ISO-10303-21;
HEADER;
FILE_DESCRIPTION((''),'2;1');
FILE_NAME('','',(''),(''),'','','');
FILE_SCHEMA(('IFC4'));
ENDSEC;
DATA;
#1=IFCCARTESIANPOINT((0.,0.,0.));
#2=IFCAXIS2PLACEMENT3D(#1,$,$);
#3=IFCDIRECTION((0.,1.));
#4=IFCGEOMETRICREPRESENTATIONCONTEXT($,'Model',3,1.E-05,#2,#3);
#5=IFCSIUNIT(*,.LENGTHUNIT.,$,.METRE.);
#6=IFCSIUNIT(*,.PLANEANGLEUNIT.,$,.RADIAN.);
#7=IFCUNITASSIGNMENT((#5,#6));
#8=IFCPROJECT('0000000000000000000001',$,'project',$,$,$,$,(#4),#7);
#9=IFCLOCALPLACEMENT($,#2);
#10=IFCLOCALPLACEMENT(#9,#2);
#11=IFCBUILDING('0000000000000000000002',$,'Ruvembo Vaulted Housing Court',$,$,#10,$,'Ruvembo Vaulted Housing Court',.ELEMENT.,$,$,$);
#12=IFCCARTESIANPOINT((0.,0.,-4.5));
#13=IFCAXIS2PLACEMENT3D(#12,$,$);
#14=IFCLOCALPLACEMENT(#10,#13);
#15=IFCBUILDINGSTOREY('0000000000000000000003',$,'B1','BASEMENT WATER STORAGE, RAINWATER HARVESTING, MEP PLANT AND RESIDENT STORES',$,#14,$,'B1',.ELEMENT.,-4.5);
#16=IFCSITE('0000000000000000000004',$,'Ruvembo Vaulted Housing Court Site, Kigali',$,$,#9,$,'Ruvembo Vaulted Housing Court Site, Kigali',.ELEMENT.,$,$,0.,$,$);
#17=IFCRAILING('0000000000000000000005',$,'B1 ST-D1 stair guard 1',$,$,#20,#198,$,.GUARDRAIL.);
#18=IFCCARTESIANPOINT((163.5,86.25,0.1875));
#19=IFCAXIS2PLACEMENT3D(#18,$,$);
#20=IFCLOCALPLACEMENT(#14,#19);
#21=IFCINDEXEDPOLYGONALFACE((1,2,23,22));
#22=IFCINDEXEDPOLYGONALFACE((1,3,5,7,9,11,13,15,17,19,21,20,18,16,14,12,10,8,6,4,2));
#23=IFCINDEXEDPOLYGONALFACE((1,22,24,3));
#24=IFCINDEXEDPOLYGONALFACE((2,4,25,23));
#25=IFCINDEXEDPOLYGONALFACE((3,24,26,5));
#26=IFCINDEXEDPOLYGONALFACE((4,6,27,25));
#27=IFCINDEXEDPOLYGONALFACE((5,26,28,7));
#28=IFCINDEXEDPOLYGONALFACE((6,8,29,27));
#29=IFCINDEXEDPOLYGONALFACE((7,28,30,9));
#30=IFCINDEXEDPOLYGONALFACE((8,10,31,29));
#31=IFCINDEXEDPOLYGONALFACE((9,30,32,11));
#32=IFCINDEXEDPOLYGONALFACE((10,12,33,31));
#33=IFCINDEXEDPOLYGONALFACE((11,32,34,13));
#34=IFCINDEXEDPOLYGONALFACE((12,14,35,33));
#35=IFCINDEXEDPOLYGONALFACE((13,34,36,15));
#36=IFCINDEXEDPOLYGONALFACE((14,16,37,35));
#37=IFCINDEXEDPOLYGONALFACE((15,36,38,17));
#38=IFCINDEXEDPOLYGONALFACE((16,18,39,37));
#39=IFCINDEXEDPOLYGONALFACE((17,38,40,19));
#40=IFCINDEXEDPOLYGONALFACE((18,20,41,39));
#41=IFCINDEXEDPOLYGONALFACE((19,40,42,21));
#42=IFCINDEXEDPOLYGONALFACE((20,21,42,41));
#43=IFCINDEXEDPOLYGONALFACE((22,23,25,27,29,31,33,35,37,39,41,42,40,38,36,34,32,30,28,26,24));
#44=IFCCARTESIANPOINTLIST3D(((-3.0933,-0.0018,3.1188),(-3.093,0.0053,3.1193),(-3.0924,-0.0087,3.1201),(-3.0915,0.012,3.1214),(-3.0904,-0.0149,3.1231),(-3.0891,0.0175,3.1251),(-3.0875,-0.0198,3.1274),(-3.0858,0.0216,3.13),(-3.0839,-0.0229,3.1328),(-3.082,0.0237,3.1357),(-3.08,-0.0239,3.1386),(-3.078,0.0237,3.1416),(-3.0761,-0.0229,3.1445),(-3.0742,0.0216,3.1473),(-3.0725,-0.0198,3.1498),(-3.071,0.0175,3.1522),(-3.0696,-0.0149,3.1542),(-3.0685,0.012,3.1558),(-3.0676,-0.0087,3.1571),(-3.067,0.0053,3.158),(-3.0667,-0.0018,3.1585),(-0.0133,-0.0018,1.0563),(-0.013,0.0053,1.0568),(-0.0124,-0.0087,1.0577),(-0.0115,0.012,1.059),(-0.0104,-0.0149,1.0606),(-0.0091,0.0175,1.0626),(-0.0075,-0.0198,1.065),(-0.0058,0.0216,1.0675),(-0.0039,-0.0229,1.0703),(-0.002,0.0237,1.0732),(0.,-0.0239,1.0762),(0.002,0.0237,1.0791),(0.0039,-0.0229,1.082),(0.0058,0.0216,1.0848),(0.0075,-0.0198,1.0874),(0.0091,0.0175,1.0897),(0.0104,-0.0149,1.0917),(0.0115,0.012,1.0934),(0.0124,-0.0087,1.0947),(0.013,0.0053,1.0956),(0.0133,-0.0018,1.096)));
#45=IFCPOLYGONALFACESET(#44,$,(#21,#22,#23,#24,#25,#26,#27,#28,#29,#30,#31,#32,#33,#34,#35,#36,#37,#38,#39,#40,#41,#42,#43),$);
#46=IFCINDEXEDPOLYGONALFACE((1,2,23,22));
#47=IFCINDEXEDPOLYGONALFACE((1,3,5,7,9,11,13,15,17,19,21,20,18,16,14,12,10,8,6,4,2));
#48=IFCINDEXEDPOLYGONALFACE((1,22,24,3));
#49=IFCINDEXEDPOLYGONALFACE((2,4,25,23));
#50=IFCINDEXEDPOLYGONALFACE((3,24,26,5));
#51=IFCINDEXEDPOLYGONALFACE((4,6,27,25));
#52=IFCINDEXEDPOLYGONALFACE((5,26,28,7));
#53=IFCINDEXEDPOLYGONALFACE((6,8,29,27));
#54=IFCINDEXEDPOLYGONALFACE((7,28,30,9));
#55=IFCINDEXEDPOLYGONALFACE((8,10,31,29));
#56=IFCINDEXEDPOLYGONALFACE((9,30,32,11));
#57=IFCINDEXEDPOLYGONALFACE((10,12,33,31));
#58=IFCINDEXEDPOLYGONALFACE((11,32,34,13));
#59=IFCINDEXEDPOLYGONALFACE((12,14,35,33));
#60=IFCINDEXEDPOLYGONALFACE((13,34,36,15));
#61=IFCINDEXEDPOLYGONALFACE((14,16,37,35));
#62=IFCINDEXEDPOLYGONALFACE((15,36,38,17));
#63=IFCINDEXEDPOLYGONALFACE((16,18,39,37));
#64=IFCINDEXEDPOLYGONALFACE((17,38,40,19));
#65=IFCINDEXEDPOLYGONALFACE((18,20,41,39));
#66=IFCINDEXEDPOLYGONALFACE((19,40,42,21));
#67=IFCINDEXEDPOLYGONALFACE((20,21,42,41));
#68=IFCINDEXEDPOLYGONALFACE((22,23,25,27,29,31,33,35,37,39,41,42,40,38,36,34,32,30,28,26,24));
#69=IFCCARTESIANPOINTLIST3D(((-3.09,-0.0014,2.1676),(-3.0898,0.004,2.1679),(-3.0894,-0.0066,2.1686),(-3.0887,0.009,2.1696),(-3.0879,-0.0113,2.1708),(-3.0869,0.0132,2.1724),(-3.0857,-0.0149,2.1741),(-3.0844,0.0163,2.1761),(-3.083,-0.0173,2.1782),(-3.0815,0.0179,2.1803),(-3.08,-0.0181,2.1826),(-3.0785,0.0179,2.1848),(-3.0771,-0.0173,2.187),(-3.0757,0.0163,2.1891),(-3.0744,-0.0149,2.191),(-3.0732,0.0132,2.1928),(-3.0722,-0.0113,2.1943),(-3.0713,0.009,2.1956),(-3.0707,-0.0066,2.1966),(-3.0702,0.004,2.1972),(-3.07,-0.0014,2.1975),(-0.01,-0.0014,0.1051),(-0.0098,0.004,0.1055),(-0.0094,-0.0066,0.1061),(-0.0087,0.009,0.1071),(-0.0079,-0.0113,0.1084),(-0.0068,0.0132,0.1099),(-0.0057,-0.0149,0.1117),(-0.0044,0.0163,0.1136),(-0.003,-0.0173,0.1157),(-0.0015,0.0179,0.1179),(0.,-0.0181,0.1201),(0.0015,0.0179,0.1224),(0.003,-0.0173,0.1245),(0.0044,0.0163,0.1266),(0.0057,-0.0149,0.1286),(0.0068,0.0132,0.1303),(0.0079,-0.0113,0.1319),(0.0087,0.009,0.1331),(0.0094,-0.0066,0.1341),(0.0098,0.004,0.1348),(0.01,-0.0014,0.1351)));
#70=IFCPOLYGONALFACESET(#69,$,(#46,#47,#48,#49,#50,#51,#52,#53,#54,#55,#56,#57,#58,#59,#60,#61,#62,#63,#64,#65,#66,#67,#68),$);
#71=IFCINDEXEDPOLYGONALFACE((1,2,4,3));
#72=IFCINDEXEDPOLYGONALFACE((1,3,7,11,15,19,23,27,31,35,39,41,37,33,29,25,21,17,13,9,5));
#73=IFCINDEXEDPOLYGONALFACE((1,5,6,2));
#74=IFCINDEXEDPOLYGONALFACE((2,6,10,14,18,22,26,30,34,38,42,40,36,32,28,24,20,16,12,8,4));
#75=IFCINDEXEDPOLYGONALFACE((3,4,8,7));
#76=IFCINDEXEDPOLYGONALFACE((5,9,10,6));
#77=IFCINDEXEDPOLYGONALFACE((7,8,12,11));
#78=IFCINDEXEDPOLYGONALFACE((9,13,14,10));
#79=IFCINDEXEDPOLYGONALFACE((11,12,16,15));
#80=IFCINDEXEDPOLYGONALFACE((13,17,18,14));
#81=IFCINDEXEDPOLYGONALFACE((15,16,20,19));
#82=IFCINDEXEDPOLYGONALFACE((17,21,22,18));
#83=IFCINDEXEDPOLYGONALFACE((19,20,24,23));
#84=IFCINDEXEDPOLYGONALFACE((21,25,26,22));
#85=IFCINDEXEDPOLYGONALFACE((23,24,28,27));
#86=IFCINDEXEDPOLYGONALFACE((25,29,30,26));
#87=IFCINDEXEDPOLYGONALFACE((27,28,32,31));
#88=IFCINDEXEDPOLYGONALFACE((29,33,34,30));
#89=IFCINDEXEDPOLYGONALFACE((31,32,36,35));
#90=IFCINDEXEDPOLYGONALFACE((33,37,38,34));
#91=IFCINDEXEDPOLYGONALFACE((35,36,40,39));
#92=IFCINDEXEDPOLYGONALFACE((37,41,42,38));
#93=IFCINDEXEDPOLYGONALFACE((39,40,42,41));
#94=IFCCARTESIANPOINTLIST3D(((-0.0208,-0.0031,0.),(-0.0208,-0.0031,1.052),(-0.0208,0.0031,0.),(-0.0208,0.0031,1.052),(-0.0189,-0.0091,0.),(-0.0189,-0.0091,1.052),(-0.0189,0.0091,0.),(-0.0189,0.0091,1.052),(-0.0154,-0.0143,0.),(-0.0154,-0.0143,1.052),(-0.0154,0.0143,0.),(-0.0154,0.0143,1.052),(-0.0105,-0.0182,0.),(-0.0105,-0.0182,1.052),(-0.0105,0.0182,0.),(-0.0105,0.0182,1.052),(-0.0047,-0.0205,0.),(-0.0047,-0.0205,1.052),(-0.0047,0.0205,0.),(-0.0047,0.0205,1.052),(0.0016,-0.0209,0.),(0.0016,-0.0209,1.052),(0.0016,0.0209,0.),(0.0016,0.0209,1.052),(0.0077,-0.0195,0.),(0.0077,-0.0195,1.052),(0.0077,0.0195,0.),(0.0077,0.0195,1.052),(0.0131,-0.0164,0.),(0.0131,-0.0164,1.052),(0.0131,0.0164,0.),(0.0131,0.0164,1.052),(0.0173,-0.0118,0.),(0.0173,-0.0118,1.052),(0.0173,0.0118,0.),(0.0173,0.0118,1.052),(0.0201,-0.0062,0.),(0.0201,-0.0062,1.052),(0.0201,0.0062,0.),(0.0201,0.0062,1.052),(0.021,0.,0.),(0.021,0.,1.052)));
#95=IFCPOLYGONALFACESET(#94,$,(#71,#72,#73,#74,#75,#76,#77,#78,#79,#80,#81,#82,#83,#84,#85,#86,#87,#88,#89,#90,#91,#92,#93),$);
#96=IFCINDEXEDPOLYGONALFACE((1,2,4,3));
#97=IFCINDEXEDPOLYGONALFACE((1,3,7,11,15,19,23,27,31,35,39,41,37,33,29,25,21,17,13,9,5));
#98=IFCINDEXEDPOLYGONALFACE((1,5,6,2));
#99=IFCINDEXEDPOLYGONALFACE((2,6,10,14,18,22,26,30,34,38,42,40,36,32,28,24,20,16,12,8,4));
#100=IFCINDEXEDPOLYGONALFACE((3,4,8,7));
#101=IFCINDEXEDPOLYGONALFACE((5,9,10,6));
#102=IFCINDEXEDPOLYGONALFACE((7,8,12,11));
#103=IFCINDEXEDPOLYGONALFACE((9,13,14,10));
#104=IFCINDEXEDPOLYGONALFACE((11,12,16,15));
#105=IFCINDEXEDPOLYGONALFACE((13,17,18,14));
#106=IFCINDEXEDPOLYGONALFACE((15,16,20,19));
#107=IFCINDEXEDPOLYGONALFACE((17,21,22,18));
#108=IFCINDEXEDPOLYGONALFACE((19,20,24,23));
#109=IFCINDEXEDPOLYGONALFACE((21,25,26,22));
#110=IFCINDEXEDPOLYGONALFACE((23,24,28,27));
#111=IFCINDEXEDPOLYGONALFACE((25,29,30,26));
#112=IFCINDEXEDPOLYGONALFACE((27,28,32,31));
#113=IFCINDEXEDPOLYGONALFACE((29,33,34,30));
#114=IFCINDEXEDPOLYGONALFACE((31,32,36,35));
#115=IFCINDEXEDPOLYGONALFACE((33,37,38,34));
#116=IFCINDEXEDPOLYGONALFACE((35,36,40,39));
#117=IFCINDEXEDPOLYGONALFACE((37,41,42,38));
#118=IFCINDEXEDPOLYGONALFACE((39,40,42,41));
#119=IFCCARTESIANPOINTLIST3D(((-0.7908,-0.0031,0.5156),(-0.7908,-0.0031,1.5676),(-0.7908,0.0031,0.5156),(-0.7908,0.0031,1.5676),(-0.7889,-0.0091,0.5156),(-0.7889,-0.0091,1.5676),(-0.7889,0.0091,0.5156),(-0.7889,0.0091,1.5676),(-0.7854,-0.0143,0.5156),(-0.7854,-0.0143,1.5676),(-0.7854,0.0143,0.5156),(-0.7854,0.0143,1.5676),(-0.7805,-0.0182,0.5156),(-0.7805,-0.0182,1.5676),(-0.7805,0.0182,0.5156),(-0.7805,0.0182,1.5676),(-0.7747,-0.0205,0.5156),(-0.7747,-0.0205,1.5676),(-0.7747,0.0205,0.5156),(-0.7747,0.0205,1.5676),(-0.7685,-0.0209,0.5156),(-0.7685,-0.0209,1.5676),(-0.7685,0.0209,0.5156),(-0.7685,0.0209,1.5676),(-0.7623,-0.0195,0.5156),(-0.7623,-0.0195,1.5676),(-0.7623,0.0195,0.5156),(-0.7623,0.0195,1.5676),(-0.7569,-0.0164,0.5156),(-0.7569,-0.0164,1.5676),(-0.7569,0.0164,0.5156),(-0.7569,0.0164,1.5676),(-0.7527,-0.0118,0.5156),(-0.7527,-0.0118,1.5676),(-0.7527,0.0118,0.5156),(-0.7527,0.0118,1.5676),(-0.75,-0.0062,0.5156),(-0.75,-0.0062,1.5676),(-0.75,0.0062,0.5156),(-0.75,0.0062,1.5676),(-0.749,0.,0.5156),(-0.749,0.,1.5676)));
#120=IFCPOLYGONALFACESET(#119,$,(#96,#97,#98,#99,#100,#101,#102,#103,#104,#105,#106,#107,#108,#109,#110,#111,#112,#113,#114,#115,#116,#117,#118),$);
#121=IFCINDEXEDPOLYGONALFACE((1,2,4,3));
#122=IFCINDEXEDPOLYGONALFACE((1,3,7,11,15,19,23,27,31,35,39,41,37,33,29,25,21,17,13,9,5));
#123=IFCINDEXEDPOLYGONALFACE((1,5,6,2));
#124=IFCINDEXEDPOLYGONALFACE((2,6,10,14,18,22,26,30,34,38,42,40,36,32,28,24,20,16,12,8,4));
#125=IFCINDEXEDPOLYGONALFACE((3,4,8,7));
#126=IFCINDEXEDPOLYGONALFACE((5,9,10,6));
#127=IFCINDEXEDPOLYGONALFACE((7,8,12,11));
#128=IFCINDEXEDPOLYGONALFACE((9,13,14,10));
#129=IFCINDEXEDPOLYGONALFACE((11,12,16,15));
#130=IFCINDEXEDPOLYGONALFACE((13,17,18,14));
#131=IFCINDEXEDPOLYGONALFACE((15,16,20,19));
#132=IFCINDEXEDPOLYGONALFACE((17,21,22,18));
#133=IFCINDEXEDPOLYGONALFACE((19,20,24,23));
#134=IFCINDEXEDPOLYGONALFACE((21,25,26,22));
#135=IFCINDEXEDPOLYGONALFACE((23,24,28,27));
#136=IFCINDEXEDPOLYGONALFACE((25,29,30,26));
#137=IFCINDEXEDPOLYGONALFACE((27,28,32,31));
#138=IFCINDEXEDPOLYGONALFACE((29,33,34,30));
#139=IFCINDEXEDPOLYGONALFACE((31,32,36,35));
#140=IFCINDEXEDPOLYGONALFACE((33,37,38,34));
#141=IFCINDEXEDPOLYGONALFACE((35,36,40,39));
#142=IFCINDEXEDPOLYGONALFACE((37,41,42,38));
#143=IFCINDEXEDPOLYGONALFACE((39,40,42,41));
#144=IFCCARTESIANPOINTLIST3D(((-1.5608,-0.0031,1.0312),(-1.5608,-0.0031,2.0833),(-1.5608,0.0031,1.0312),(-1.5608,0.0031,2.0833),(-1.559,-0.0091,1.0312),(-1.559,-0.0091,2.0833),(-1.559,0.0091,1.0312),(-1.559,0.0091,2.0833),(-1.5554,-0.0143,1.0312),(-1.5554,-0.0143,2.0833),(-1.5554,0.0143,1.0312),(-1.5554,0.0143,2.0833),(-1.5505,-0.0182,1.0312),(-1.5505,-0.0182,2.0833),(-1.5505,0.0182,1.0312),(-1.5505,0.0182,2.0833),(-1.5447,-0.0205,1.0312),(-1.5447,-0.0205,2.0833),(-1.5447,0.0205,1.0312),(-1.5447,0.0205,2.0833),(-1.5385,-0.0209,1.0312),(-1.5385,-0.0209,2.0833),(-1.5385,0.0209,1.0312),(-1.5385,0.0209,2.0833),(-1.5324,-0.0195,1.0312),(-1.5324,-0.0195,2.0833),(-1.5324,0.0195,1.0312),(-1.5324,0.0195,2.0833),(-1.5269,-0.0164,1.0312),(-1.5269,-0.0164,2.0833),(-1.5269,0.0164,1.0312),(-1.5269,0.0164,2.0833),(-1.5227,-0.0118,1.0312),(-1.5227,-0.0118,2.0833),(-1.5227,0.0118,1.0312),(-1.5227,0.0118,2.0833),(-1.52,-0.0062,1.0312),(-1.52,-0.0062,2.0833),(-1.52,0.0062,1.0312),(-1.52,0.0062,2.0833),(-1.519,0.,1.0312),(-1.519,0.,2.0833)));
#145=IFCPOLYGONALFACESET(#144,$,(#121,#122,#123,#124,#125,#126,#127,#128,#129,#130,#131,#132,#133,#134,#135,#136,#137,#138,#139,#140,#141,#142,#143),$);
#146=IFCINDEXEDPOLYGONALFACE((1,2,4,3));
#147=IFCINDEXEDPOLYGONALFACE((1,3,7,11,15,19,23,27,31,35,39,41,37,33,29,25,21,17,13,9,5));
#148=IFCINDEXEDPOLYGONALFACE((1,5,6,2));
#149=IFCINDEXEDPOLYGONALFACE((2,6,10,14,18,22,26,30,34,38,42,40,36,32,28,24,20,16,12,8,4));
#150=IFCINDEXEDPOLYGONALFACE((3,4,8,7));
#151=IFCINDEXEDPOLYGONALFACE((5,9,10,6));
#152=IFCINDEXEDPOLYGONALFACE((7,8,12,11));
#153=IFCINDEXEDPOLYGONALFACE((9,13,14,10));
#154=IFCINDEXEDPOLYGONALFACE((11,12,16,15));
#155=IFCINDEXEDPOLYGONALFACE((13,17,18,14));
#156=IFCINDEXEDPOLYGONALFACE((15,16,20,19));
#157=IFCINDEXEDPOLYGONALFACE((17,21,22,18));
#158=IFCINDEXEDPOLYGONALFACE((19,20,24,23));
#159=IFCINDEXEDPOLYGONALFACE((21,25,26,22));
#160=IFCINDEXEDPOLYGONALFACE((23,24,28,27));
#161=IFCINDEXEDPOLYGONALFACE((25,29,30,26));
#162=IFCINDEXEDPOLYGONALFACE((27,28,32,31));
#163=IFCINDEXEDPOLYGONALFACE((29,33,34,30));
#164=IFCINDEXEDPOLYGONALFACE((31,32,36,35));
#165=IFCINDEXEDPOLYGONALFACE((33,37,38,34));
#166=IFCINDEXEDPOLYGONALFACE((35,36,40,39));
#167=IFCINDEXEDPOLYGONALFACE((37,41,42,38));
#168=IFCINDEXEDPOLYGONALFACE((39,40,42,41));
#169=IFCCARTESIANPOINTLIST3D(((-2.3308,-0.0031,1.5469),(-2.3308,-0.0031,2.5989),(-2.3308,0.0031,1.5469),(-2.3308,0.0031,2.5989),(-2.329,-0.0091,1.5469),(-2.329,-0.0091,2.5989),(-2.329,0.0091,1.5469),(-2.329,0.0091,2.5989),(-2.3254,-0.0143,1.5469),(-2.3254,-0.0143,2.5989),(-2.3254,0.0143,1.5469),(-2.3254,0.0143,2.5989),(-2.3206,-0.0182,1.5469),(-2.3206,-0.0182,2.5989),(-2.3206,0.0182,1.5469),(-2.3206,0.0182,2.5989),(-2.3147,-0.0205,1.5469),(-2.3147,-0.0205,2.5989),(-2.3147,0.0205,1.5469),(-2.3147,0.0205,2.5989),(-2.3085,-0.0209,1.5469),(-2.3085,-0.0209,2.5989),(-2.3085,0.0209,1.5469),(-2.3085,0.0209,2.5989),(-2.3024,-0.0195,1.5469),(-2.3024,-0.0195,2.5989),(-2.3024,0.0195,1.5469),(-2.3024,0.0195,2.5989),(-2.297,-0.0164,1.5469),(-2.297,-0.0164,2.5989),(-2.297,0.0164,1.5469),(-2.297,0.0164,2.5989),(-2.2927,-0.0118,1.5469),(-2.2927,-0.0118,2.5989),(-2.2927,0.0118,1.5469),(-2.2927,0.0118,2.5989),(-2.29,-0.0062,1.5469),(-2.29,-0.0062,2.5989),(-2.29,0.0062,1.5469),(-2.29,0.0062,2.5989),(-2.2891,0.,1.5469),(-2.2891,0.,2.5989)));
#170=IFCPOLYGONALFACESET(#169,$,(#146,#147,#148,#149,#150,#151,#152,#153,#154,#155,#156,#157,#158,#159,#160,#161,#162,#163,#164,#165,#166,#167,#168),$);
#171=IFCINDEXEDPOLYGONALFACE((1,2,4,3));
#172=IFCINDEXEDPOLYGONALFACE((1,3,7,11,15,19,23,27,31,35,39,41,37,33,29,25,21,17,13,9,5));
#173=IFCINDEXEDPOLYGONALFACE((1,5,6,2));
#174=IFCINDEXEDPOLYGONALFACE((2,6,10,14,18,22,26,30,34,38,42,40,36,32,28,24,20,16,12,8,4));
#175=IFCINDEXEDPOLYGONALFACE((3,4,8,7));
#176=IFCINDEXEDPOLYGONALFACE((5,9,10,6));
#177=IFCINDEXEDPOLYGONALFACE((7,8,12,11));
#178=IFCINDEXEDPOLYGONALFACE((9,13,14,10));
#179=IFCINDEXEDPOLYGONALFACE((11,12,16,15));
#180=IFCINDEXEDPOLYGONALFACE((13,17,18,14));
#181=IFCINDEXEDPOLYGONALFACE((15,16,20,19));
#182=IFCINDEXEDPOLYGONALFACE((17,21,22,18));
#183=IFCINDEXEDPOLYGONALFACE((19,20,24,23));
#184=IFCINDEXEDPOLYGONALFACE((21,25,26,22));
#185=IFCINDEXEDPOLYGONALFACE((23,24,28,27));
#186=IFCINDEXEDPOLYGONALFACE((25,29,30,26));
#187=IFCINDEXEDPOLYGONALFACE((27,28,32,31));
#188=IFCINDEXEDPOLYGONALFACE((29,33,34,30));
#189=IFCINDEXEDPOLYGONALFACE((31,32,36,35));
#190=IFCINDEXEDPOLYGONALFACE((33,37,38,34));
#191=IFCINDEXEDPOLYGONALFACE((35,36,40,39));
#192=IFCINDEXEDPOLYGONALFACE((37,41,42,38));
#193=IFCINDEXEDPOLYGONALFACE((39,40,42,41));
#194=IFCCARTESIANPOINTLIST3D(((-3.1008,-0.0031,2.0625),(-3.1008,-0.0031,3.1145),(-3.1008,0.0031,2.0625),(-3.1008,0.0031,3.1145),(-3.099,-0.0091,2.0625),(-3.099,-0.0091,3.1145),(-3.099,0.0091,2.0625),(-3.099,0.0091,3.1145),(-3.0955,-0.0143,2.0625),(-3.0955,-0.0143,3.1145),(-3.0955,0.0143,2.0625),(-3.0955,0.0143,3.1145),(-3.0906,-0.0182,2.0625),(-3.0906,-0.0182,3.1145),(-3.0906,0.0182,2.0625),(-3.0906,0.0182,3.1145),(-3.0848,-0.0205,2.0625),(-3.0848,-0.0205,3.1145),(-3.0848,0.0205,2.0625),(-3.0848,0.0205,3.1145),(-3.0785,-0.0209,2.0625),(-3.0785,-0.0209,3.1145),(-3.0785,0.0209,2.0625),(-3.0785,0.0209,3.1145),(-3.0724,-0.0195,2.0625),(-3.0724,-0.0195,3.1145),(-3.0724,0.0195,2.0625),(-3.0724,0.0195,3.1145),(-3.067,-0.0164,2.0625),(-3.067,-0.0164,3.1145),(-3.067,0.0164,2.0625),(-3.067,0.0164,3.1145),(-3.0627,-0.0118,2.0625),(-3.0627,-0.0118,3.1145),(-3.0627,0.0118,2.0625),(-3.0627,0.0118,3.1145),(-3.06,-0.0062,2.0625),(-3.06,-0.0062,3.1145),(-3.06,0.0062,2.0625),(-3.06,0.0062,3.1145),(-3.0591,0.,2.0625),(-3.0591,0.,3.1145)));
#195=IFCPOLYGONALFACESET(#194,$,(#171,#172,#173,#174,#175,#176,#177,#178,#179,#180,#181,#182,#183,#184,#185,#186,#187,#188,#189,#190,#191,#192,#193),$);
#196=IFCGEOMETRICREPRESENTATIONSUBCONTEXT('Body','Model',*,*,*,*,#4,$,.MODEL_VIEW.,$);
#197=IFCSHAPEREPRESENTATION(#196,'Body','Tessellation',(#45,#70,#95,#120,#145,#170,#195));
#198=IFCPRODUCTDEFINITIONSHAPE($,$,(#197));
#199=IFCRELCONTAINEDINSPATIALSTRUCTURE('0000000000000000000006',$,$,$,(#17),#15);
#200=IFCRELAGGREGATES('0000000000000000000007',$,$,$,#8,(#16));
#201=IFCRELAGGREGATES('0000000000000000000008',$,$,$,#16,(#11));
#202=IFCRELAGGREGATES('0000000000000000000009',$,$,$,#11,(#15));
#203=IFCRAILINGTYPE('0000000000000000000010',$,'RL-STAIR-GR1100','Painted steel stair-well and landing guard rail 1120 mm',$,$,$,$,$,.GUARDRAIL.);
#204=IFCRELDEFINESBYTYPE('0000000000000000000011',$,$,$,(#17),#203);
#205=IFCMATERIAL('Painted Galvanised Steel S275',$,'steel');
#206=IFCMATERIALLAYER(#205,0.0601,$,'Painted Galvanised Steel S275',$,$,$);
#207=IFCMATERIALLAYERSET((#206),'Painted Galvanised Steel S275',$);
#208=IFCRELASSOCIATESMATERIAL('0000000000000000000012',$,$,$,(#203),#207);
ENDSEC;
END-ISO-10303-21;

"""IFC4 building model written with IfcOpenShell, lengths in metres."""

from ifc_helpers import new_model, si_unit, direction, frame, origin, origin_2d, place, context, subcontext, project, spatial, circle, extrude, material, layer, layer_set, type_object, element, save


model = new_model("IFC4")

# Units and contexts
model_context = context("Model", 3, precision=1e-05, world=origin(), true_north=direction((0.0, 1.0)))
body_context = subcontext(model_context, "Body", "Model", "MODEL_VIEW")
ifc_project = project(units=[si_unit("LENGTHUNIT", "METRE"), si_unit("PLANEANGLEUNIT", "RADIAN")], contexts=[model_context])

# Site, building, storey
site_placement = place(None, origin())
site = spatial("IfcSite", under=ifc_project, at=site_placement, Name="Ruvembo Vaulted Housing Court Site, Kigali", LongName="Ruvembo Vaulted Housing Court Site, Kigali", CompositionType="ELEMENT", RefElevation=0.0)
building_placement = place(site_placement, origin())
building = spatial("IfcBuilding", under=site, at=building_placement, Name="Ruvembo Vaulted Housing Court", LongName="Ruvembo Vaulted Housing Court", CompositionType="ELEMENT")
storey_placement = place(building_placement, frame((0.0, 0.0, -4.5)))
storey = spatial("IfcBuildingStorey", under=building, at=storey_placement, Name="B1", Description="BASEMENT WATER STORAGE, RAINWATER HARVESTING, MEP PLANT AND RESIDENT STORES", LongName="B1", CompositionType="ELEMENT", Elevation=-4.5)

# Railing
ifc_material_1 = material(Name="Painted Galvanised Steel S275", Category="steel")
ifc_layer_1 = layer(ifc_material_1, 0.0601, Name="Painted Galvanised Steel S275")
ifc_layer_set_1 = layer_set([ifc_layer_1], Name="Painted Galvanised Steel S275")
railing_type_1 = type_object("IfcRailingType", Name="RL-STAIR-GR1100", Description="Painted steel stair-well and landing guard rail 1120 mm", PredefinedType="GUARDRAIL", material=ifc_layer_set_1)
railing_1_placement = place(storey_placement, frame((163.5, 86.25, 0.1875)))
element("IfcRailing", 1, at=railing_1_placement, inside=storey, type_object=railing_type_1, Name="B1 ST-D1 stair guard 1", PredefinedType="GUARDRAIL", context=body_context, shape_type="SweptSolid", body=[
    extrude(circle(Radius=0.0239, at=origin_2d()), frame((0.0, 0.0, 1.0762), z_axis=(-0.830914, 0.0, 0.556401), x_axis=(0.0, -1.0, 0.0)), (0.0, 0.0, 1.0), 3.7068),
    extrude(circle(Radius=0.0181, at=origin_2d()), frame((0.0, 0.0, 0.1201), z_axis=(-0.830914, 0.0, 0.556401), x_axis=(0.0, -1.0, 0.0)), (0.0, 0.0, 1.0), 3.7068),
    extrude(circle(Radius=0.021, at=origin_2d()), origin(), (0.0, 0.0, 1.0), 1.052),
    extrude(circle(Radius=0.021, at=origin_2d()), frame((-0.77, 0.0, 0.5156)), (0.0, 0.0, 1.0), 1.052),
    extrude(circle(Radius=0.021, at=origin_2d()), frame((-1.54, 0.0, 1.0312)), (0.0, 0.0, 1.0), 1.052),
    extrude(circle(Radius=0.021, at=origin_2d()), frame((-2.3101, 0.0, 1.5469)), (0.0, 0.0, 1.0), 1.052),
    extrude(circle(Radius=0.021, at=origin_2d()), frame((-3.0801, 0.0, 2.0625)), (0.0, 0.0, 1.0), 1.052),
])

save(model, "model.ifc")
